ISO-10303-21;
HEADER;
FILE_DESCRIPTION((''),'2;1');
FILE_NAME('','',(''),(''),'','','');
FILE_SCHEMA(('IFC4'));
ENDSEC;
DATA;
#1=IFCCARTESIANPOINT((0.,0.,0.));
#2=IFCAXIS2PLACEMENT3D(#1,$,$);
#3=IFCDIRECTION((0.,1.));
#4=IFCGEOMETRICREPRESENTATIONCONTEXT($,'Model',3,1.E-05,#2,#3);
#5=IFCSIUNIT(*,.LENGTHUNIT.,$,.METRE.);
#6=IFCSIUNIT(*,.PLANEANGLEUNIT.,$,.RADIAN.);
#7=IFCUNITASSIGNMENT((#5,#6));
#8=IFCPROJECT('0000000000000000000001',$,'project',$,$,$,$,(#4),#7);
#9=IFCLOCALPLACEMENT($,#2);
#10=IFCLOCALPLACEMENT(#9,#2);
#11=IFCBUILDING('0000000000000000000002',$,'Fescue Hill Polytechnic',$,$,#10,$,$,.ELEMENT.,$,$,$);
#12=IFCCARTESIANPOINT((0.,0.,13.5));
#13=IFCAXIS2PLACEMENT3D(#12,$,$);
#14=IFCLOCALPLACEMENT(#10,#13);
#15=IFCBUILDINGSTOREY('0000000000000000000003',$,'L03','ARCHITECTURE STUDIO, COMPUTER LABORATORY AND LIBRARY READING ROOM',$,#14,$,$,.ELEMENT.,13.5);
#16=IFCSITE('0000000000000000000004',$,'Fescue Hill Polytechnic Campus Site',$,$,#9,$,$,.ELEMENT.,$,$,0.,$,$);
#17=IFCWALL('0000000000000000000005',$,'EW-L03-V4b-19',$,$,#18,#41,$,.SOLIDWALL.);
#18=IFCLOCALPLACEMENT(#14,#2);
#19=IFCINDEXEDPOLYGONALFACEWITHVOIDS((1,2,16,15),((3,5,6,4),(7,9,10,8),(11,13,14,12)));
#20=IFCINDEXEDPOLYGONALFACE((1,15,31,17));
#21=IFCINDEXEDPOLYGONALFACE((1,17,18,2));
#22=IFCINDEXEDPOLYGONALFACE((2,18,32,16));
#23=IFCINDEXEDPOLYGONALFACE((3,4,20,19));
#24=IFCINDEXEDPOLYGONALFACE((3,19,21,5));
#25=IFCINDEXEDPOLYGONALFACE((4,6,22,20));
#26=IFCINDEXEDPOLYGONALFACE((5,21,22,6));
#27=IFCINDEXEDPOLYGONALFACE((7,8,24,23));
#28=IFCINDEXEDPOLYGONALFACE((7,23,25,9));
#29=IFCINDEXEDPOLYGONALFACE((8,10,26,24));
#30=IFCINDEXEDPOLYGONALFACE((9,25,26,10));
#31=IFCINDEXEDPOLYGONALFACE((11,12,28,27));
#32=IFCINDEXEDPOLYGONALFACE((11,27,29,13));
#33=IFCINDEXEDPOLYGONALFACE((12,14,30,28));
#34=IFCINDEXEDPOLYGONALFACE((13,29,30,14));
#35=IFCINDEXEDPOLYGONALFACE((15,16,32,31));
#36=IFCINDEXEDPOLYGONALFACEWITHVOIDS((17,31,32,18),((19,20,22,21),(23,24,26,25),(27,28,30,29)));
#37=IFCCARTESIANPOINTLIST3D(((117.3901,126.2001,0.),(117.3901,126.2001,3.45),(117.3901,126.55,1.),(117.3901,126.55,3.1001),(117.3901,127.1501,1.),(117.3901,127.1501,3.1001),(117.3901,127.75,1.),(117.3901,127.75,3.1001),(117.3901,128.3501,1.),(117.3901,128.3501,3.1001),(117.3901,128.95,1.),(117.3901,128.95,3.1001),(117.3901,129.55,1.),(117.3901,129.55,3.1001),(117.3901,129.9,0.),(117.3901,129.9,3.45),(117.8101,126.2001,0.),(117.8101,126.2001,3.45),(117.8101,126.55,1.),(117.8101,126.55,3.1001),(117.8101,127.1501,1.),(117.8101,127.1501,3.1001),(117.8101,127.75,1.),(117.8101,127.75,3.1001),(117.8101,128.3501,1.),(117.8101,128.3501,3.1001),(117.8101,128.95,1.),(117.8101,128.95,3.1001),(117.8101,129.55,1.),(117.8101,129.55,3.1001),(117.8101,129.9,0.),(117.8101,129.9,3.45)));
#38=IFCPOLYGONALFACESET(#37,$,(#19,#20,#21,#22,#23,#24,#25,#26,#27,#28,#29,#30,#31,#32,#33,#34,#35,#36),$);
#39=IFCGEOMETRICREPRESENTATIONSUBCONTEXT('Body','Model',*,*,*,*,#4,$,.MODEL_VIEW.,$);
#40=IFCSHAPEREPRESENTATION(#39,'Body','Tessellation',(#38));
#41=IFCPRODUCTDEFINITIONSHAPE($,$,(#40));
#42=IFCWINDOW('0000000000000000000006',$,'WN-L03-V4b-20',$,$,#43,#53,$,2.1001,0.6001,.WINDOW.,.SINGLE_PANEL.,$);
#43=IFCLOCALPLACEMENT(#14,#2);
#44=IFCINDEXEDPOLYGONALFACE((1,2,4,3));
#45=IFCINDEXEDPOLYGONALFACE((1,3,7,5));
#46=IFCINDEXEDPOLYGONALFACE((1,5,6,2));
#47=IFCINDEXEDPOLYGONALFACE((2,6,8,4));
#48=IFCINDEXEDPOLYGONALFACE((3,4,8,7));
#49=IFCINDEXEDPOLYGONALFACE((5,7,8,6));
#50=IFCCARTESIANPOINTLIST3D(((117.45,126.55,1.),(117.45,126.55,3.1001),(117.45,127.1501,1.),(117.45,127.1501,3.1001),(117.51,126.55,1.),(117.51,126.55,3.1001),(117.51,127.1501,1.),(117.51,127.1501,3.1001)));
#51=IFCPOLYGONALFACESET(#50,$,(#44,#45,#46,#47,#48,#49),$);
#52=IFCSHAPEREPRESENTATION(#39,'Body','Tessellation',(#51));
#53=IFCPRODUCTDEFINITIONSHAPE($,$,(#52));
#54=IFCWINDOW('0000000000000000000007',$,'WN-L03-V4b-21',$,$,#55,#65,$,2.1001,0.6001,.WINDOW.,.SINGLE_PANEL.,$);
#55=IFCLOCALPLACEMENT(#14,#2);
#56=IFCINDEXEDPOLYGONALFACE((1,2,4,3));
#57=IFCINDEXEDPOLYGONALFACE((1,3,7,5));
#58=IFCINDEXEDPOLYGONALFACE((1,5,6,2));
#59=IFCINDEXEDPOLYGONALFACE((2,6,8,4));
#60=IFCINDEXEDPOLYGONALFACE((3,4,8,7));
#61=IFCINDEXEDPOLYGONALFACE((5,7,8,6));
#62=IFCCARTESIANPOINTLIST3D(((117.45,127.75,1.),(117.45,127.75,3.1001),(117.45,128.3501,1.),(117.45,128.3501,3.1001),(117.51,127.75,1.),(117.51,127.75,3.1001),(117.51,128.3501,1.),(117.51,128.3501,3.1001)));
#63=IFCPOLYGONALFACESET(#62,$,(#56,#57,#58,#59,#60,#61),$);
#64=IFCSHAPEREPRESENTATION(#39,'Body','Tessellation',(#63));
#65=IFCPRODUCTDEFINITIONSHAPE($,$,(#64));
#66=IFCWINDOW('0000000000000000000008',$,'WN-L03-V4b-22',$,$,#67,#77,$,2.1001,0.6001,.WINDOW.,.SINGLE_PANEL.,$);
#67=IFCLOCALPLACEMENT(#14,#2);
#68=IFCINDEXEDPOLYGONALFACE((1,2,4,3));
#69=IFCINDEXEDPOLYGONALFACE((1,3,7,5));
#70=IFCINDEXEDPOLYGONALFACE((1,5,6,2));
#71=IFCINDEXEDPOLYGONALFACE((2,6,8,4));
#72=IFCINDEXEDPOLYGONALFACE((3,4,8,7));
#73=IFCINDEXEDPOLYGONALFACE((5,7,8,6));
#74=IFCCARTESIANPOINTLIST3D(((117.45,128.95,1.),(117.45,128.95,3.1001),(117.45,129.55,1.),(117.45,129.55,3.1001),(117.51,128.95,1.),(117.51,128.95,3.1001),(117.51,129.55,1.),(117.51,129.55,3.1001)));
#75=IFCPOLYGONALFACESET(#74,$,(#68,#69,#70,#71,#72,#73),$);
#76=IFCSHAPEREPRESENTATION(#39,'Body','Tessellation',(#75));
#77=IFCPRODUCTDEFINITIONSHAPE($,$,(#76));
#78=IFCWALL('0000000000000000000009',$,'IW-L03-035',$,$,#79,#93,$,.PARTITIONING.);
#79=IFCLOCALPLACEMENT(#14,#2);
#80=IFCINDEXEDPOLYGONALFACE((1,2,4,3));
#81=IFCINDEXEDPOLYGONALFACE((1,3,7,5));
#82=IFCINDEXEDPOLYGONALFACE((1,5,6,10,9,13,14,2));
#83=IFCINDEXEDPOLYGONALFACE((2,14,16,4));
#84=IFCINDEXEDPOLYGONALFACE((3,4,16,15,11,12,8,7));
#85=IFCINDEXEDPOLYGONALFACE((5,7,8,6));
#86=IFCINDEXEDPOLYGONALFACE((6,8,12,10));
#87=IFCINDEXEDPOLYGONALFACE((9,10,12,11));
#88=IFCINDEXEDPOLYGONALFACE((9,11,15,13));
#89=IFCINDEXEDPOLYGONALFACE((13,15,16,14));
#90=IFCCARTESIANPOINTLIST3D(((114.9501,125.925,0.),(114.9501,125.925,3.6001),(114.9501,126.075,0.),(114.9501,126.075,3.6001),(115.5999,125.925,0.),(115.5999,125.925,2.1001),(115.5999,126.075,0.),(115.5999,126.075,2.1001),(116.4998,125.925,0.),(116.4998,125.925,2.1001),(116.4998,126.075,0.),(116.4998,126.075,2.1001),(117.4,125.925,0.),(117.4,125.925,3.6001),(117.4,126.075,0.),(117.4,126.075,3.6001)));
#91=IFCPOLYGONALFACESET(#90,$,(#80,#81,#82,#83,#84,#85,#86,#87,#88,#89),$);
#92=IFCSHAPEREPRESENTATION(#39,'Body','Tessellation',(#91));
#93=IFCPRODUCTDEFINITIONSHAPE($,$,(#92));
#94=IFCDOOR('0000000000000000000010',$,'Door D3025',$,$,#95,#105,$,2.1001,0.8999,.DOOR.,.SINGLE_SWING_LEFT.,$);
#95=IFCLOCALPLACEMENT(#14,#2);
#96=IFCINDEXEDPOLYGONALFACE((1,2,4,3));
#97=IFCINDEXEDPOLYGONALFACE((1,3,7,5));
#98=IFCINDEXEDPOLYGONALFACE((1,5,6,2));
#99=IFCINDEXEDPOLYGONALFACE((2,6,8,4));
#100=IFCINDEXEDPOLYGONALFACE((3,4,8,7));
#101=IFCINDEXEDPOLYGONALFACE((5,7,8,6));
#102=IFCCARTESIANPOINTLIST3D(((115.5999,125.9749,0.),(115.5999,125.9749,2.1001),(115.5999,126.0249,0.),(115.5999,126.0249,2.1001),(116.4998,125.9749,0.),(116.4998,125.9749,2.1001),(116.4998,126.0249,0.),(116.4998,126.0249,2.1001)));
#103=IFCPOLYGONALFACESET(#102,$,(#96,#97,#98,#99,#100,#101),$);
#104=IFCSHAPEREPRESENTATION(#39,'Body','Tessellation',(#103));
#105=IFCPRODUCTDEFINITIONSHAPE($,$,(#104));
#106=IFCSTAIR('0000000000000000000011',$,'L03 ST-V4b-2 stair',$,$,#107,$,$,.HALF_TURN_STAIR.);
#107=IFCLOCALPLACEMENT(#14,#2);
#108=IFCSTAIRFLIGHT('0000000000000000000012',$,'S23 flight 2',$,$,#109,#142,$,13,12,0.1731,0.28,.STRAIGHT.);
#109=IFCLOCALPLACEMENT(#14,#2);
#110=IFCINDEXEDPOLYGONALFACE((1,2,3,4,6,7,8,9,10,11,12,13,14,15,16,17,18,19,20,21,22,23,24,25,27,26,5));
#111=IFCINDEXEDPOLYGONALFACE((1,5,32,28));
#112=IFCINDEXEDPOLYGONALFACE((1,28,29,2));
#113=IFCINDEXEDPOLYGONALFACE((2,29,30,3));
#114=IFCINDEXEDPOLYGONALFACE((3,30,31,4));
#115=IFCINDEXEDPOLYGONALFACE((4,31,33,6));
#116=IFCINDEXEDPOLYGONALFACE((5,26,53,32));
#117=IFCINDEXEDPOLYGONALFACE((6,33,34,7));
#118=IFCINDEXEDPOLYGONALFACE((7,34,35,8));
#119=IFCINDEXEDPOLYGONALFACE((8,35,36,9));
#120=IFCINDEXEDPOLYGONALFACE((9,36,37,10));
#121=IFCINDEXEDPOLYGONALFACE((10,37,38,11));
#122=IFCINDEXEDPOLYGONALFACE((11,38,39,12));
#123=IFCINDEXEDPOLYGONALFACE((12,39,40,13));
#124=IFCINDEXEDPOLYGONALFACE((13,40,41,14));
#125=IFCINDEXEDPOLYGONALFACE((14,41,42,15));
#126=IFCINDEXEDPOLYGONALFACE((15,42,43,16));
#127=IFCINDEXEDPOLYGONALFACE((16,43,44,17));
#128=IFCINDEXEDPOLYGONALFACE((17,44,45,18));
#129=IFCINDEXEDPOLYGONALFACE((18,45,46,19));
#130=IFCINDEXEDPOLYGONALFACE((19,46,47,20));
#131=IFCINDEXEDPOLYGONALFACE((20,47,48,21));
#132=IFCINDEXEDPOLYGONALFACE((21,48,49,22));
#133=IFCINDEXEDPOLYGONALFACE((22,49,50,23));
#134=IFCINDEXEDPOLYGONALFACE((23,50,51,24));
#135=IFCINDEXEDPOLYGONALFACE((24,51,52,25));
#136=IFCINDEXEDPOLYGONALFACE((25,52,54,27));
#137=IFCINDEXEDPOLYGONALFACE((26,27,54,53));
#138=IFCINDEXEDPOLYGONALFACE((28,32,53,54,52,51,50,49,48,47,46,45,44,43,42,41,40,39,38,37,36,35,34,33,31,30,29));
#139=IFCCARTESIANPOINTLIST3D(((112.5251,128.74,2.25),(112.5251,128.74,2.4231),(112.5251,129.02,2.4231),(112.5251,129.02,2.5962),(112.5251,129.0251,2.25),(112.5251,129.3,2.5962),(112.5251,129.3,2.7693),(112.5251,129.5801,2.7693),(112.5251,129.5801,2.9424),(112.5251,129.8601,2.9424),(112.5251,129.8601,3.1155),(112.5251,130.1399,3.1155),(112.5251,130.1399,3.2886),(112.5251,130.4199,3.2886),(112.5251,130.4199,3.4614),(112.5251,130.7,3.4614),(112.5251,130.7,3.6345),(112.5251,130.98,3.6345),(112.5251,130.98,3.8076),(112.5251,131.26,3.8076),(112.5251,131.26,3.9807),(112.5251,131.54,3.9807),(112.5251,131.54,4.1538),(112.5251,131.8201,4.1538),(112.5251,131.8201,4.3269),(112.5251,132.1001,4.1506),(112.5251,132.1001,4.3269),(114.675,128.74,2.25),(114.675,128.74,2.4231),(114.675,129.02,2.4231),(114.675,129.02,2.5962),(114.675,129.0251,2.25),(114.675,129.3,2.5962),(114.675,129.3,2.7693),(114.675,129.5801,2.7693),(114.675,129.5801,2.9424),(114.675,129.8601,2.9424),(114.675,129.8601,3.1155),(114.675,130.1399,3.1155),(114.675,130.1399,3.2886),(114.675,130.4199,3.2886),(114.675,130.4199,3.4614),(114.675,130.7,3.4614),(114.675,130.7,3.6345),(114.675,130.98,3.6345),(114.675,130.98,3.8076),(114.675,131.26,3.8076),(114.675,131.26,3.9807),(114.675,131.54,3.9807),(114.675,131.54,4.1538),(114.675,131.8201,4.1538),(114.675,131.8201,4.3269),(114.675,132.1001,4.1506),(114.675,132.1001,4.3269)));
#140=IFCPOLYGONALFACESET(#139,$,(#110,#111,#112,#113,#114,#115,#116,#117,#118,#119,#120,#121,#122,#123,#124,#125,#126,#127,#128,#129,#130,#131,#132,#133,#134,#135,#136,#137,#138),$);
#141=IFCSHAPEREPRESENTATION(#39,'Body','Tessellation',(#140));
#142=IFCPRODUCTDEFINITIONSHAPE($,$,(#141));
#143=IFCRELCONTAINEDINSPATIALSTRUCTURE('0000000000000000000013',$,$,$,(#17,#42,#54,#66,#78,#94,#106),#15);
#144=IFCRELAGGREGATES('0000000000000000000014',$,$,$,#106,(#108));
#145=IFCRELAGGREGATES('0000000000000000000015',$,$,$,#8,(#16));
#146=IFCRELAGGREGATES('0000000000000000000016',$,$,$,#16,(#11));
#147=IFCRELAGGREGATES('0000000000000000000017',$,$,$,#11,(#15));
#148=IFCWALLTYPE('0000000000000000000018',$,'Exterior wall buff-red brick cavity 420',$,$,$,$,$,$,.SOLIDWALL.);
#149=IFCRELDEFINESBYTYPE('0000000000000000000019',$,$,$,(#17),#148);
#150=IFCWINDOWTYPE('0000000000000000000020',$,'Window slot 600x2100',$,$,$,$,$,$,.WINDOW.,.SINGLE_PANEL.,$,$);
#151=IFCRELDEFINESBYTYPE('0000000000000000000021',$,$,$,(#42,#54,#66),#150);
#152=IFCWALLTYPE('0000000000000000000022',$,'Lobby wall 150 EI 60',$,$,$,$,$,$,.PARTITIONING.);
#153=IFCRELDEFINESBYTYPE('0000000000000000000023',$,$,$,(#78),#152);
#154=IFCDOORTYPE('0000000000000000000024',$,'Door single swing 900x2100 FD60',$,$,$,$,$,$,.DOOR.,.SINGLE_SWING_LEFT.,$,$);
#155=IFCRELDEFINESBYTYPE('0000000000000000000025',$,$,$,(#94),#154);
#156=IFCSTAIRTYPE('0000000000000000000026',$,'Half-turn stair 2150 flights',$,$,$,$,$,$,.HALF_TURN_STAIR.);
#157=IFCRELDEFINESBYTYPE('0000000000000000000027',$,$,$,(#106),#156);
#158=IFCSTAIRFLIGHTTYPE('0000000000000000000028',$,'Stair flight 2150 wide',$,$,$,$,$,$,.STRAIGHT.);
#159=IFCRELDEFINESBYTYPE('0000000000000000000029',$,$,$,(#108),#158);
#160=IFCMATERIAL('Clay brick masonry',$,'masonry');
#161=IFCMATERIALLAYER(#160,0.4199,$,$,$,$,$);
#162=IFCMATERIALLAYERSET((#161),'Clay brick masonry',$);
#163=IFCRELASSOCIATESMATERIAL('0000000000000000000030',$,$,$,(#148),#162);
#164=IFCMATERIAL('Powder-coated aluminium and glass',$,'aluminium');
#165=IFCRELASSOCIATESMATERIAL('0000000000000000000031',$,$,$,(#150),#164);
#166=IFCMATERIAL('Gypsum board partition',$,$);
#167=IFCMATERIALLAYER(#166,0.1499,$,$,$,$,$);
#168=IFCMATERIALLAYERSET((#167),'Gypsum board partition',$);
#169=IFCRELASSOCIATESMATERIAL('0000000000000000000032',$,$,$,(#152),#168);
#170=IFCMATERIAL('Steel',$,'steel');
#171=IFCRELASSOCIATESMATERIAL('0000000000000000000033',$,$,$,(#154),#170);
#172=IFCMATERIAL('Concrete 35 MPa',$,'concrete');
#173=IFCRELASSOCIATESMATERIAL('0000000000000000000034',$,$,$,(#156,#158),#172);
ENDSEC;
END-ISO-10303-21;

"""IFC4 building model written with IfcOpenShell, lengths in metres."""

from ifc_helpers import new_model, si_unit, direction, frame, frame_2d, origin, place, context, subcontext, project, spatial, polyline, rectangle, outline, extrude, material, layer, layer_set, type_object, element, fill, aggregate, save


model = new_model("IFC4")

# Units and contexts
model_context = context("Model", 3, precision=1e-05, world=origin(), true_north=direction((0.0, 1.0)))
body_context = subcontext(model_context, "Body", "Model", "MODEL_VIEW")
ifc_project = project(units=[si_unit("LENGTHUNIT", "METRE"), si_unit("PLANEANGLEUNIT", "RADIAN")], contexts=[model_context])

# Site, building, storey
site_placement = place(None, origin())
site = spatial("IfcSite", under=ifc_project, at=site_placement, Name="Fescue Hill Polytechnic Campus Site", CompositionType="ELEMENT", RefElevation=0.0)
building_placement = place(site_placement, origin())
building = spatial("IfcBuilding", under=site, at=building_placement, Name="Fescue Hill Polytechnic", CompositionType="ELEMENT")
storey_placement = place(building_placement, frame((0.0, 0.0, 13.5)))
storey = spatial("IfcBuildingStorey", under=building, at=storey_placement, Name="L03", Description="ARCHITECTURE STUDIO, COMPUTER LABORATORY AND LIBRARY READING ROOM", CompositionType="ELEMENT", Elevation=13.5)

# Shared definitions
ifc_material_1 = material(Name="Concrete 35 MPa", Category="concrete")

# Shared definitions
ifc_material_2 = material(Name="Clay brick masonry", Category="masonry")

# Wall, openings, windows
ifc_layer_1 = layer(ifc_material_2, 0.4199)
ifc_layer_set_1 = layer_set([ifc_layer_1], Name="Clay brick masonry")
wall_type_1 = type_object("IfcWallType", Name="Exterior wall buff-red brick cavity 420", PredefinedType="SOLIDWALL", material=ifc_layer_set_1)
ifc_material_3 = material(Name="Powder-coated aluminium and glass", Category="aluminium")
window_type = type_object("IfcWindowType", Name="Window slot 600x2100", PartitioningType="SINGLE_PANEL", PredefinedType="WINDOW", material=ifc_material_3)
wall_1_placement = place(storey_placement, frame((117.6001, 126.2, 0.0), z_axis=(0.0, 0.0, 1.0), x_axis=(0.0, 1.0, 0.0)))
wall_1 = element("IfcWall", 1, at=wall_1_placement, inside=storey, type_object=wall_type_1, Name="EW-L03-V4b-19", PredefinedType="SOLIDWALL", context=body_context, shape_type="SweptSolid", body=[
    extrude(rectangle(XDim=3.7, YDim=0.4199, at=frame_2d((1.8501, 0.0))), origin(), (0.0, 0.0, 1.0), 3.45),
])
opening_1_placement = place(wall_1_placement, frame((0.3501, 0.0, 1.0)))
opening_1 = element("IfcOpeningElement", 2, at=opening_1_placement, cuts=wall_1, PredefinedType="OPENING", context=body_context, shape_type="SweptSolid", body=[
    extrude(rectangle(XDim=0.6001, YDim=2.1001, at=frame_2d((0.3, 1.05))), frame((0.0, 0.22, 0.0), z_axis=(0.0, -1.0, 0.0), x_axis=(1.0, 0.0, 0.0)), (0.0, 0.0, 1.0), 0.4399),
])
opening_2_placement = place(wall_1_placement, frame((1.55, 0.0, 1.0)))
opening_2 = element("IfcOpeningElement", 3, at=opening_2_placement, cuts=wall_1, PredefinedType="OPENING", context=body_context, shape_type="SweptSolid", body=[
    extrude(rectangle(XDim=0.6001, YDim=2.1001, at=frame_2d((0.3, 1.05))), frame((0.0, 0.22, 0.0), z_axis=(0.0, -1.0, 0.0), x_axis=(1.0, 0.0, 0.0)), (0.0, 0.0, 1.0), 0.4399),
])
opening_3_placement = place(wall_1_placement, frame((2.75, 0.0, 1.0)))
opening_3 = element("IfcOpeningElement", 4, at=opening_3_placement, cuts=wall_1, PredefinedType="OPENING", context=body_context, shape_type="SweptSolid", body=[
    extrude(rectangle(XDim=0.6001, YDim=2.1001, at=frame_2d((0.3, 1.05))), frame((0.0, 0.22, 0.0), z_axis=(0.0, -1.0, 0.0), x_axis=(1.0, 0.0, 0.0)), (0.0, 0.0, 1.0), 0.4399),
])
window_1_placement = place(opening_1_placement, origin())
window_1 = element("IfcWindow", 5, at=window_1_placement, inside=storey, type_object=window_type, Name="WN-L03-V4b-20", OverallHeight=2.1001, OverallWidth=0.6001, PartitioningType="SINGLE_PANEL", PredefinedType="WINDOW", context=body_context, shape_type="SweptSolid", body=[
    extrude(rectangle(XDim=0.6001, YDim=2.1001, at=frame_2d((0.3, 1.05))), frame((0.0, 0.1501, 0.0), z_axis=(0.0, -1.0, 0.0), x_axis=(1.0, 0.0, 0.0)), (0.0, 0.0, 1.0), 0.0601),
])
fill(opening_1, window_1)
window_2_placement = place(opening_2_placement, origin())
window_2 = element("IfcWindow", 6, at=window_2_placement, inside=storey, type_object=window_type, Name="WN-L03-V4b-21", OverallHeight=2.1001, OverallWidth=0.6001, PartitioningType="SINGLE_PANEL", PredefinedType="WINDOW", context=body_context, shape_type="SweptSolid", body=[
    extrude(rectangle(XDim=0.6001, YDim=2.1001, at=frame_2d((0.3, 1.05))), frame((0.0, 0.1501, 0.0), z_axis=(0.0, -1.0, 0.0), x_axis=(1.0, 0.0, 0.0)), (0.0, 0.0, 1.0), 0.0601),
])
fill(opening_2, window_2)
window_3_placement = place(opening_3_placement, origin())
window_3 = element("IfcWindow", 7, at=window_3_placement, inside=storey, type_object=window_type, Name="WN-L03-V4b-22", OverallHeight=2.1001, OverallWidth=0.6001, PartitioningType="SINGLE_PANEL", PredefinedType="WINDOW", context=body_context, shape_type="SweptSolid", body=[
    extrude(rectangle(XDim=0.6001, YDim=2.1001, at=frame_2d((0.3, 1.05))), frame((0.0, 0.1501, 0.0), z_axis=(0.0, -1.0, 0.0), x_axis=(1.0, 0.0, 0.0)), (0.0, 0.0, 1.0), 0.0601),
])
fill(opening_3, window_3)

# Wall, opening, door
ifc_material_4 = material(Name="Gypsum board partition")
ifc_layer_2 = layer(ifc_material_4, 0.1499)
ifc_layer_set_2 = layer_set([ifc_layer_2], Name="Gypsum board partition")
wall_type_2 = type_object("IfcWallType", Name="Lobby wall 150 EI 60", PredefinedType="PARTITIONING", material=ifc_layer_set_2)
wall_2_placement = place(storey_placement, frame((114.95, 126.0, 0.0), z_axis=(0.0, 0.0, 1.0), x_axis=(1.0, 0.0, 0.0)))
wall_2 = element("IfcWall", 8, at=wall_2_placement, inside=storey, type_object=wall_type_2, Name="IW-L03-035", PredefinedType="PARTITIONING", context=body_context, shape_type="SweptSolid", body=[
    extrude(rectangle(XDim=2.45, YDim=0.1499, at=frame_2d((1.2251, 0.0))), origin(), (0.0, 0.0, 1.0), 3.6001),
])
opening_4_placement = place(wall_2_placement, frame((0.6499, 0.0, 0.0)))
opening_4 = element("IfcOpeningElement", 9, at=opening_4_placement, cuts=wall_2, PredefinedType="OPENING", context=body_context, shape_type="SweptSolid", body=[
    extrude(rectangle(XDim=0.8999, YDim=2.1001, at=frame_2d((0.45, 1.05))), frame((0.0, 0.085, 0.0), z_axis=(0.0, -1.0, 0.0), x_axis=(1.0, 0.0, 0.0)), (0.0, 0.0, 1.0), 0.1699),
])
ifc_material_5 = material(Name="Steel", Category="steel")
door_type = type_object("IfcDoorType", Name="Door single swing 900x2100 FD60", OperationType="SINGLE_SWING_LEFT", PredefinedType="DOOR", material=ifc_material_5)
door_placement = place(opening_4_placement, origin())
door = element("IfcDoor", 10, at=door_placement, inside=storey, type_object=door_type, Name="Door D3025", OperationType="SINGLE_SWING_LEFT", OverallHeight=2.1001, OverallWidth=0.8999, PredefinedType="DOOR", context=body_context, shape_type="SweptSolid", body=[
    extrude(rectangle(XDim=0.8999, YDim=2.1001, at=frame_2d((0.45, 1.05))), frame((0.0, 0.0249, 0.0), z_axis=(0.0, -1.0, 0.0), x_axis=(1.0, 0.0, 0.0)), (0.0, 0.0, 1.0), 0.05),
])
fill(opening_4, door)

# Stair, stair flight
stair_type = type_object("IfcStairType", Name="Half-turn stair 2150 flights", PredefinedType="HALF_TURN_STAIR", material=ifc_material_1)
stair_placement = place(storey_placement, origin())
stair = element("IfcStair", 11, at=stair_placement, inside=storey, type_object=stair_type, Name="L03 ST-V4b-2 stair", PredefinedType="HALF_TURN_STAIR")
stair_flight_type = type_object("IfcStairFlightType", Name="Stair flight 2150 wide", PredefinedType="STRAIGHT", material=ifc_material_1)
stair_flight_placement = place(storey_placement, frame((113.6001, 128.74, 2.25), z_axis=(0.0, 0.0, 1.0), x_axis=(0.0, 1.0, 0.0)))
stair_flight = element("IfcStairFlight", 12, at=stair_flight_placement, type_object=stair_flight_type, Name="S23 flight 2", NumberOfRisers=13, NumberOfTreads=12, PredefinedType="STRAIGHT", RiserHeight=0.1731, TreadLength=0.28, context=body_context, shape_type="SweptSolid", body=[
    extrude(outline(polyline([(0.0, 0.0), (0.0, 0.1731), (0.28, 0.1731), (0.28, 0.3462), (0.5601, 0.3462), (0.5601, 0.5193), (0.8401, 0.5193), (0.8401, 0.6924), (1.1201, 0.6924), (1.1201, 0.8655), (1.3999, 0.8655), (1.3999, 1.0386), (1.6799, 1.0386), (1.6799, 1.2114), (1.96, 1.2114), (1.96, 1.3845), (2.24, 1.3845), (2.24, 1.5576), (2.52, 1.5576), (2.52, 1.7307), (2.8, 1.7307), (2.8, 1.9038), (3.0801, 1.9038), (3.0801, 2.0769), (3.3601, 2.0769), (3.3601, 2.25), (3.3601, 1.9006), (0.2852, 0.0), (0.0, 0.0)])), frame((0.0, 1.075, 0.0), z_axis=(0.0, -1.0, 0.0), x_axis=(1.0, 0.0, 0.0)), (0.0, 0.0, 1.0), 2.1499),
])
aggregate(stair, [stair_flight])

save(model, "model.ifc")
